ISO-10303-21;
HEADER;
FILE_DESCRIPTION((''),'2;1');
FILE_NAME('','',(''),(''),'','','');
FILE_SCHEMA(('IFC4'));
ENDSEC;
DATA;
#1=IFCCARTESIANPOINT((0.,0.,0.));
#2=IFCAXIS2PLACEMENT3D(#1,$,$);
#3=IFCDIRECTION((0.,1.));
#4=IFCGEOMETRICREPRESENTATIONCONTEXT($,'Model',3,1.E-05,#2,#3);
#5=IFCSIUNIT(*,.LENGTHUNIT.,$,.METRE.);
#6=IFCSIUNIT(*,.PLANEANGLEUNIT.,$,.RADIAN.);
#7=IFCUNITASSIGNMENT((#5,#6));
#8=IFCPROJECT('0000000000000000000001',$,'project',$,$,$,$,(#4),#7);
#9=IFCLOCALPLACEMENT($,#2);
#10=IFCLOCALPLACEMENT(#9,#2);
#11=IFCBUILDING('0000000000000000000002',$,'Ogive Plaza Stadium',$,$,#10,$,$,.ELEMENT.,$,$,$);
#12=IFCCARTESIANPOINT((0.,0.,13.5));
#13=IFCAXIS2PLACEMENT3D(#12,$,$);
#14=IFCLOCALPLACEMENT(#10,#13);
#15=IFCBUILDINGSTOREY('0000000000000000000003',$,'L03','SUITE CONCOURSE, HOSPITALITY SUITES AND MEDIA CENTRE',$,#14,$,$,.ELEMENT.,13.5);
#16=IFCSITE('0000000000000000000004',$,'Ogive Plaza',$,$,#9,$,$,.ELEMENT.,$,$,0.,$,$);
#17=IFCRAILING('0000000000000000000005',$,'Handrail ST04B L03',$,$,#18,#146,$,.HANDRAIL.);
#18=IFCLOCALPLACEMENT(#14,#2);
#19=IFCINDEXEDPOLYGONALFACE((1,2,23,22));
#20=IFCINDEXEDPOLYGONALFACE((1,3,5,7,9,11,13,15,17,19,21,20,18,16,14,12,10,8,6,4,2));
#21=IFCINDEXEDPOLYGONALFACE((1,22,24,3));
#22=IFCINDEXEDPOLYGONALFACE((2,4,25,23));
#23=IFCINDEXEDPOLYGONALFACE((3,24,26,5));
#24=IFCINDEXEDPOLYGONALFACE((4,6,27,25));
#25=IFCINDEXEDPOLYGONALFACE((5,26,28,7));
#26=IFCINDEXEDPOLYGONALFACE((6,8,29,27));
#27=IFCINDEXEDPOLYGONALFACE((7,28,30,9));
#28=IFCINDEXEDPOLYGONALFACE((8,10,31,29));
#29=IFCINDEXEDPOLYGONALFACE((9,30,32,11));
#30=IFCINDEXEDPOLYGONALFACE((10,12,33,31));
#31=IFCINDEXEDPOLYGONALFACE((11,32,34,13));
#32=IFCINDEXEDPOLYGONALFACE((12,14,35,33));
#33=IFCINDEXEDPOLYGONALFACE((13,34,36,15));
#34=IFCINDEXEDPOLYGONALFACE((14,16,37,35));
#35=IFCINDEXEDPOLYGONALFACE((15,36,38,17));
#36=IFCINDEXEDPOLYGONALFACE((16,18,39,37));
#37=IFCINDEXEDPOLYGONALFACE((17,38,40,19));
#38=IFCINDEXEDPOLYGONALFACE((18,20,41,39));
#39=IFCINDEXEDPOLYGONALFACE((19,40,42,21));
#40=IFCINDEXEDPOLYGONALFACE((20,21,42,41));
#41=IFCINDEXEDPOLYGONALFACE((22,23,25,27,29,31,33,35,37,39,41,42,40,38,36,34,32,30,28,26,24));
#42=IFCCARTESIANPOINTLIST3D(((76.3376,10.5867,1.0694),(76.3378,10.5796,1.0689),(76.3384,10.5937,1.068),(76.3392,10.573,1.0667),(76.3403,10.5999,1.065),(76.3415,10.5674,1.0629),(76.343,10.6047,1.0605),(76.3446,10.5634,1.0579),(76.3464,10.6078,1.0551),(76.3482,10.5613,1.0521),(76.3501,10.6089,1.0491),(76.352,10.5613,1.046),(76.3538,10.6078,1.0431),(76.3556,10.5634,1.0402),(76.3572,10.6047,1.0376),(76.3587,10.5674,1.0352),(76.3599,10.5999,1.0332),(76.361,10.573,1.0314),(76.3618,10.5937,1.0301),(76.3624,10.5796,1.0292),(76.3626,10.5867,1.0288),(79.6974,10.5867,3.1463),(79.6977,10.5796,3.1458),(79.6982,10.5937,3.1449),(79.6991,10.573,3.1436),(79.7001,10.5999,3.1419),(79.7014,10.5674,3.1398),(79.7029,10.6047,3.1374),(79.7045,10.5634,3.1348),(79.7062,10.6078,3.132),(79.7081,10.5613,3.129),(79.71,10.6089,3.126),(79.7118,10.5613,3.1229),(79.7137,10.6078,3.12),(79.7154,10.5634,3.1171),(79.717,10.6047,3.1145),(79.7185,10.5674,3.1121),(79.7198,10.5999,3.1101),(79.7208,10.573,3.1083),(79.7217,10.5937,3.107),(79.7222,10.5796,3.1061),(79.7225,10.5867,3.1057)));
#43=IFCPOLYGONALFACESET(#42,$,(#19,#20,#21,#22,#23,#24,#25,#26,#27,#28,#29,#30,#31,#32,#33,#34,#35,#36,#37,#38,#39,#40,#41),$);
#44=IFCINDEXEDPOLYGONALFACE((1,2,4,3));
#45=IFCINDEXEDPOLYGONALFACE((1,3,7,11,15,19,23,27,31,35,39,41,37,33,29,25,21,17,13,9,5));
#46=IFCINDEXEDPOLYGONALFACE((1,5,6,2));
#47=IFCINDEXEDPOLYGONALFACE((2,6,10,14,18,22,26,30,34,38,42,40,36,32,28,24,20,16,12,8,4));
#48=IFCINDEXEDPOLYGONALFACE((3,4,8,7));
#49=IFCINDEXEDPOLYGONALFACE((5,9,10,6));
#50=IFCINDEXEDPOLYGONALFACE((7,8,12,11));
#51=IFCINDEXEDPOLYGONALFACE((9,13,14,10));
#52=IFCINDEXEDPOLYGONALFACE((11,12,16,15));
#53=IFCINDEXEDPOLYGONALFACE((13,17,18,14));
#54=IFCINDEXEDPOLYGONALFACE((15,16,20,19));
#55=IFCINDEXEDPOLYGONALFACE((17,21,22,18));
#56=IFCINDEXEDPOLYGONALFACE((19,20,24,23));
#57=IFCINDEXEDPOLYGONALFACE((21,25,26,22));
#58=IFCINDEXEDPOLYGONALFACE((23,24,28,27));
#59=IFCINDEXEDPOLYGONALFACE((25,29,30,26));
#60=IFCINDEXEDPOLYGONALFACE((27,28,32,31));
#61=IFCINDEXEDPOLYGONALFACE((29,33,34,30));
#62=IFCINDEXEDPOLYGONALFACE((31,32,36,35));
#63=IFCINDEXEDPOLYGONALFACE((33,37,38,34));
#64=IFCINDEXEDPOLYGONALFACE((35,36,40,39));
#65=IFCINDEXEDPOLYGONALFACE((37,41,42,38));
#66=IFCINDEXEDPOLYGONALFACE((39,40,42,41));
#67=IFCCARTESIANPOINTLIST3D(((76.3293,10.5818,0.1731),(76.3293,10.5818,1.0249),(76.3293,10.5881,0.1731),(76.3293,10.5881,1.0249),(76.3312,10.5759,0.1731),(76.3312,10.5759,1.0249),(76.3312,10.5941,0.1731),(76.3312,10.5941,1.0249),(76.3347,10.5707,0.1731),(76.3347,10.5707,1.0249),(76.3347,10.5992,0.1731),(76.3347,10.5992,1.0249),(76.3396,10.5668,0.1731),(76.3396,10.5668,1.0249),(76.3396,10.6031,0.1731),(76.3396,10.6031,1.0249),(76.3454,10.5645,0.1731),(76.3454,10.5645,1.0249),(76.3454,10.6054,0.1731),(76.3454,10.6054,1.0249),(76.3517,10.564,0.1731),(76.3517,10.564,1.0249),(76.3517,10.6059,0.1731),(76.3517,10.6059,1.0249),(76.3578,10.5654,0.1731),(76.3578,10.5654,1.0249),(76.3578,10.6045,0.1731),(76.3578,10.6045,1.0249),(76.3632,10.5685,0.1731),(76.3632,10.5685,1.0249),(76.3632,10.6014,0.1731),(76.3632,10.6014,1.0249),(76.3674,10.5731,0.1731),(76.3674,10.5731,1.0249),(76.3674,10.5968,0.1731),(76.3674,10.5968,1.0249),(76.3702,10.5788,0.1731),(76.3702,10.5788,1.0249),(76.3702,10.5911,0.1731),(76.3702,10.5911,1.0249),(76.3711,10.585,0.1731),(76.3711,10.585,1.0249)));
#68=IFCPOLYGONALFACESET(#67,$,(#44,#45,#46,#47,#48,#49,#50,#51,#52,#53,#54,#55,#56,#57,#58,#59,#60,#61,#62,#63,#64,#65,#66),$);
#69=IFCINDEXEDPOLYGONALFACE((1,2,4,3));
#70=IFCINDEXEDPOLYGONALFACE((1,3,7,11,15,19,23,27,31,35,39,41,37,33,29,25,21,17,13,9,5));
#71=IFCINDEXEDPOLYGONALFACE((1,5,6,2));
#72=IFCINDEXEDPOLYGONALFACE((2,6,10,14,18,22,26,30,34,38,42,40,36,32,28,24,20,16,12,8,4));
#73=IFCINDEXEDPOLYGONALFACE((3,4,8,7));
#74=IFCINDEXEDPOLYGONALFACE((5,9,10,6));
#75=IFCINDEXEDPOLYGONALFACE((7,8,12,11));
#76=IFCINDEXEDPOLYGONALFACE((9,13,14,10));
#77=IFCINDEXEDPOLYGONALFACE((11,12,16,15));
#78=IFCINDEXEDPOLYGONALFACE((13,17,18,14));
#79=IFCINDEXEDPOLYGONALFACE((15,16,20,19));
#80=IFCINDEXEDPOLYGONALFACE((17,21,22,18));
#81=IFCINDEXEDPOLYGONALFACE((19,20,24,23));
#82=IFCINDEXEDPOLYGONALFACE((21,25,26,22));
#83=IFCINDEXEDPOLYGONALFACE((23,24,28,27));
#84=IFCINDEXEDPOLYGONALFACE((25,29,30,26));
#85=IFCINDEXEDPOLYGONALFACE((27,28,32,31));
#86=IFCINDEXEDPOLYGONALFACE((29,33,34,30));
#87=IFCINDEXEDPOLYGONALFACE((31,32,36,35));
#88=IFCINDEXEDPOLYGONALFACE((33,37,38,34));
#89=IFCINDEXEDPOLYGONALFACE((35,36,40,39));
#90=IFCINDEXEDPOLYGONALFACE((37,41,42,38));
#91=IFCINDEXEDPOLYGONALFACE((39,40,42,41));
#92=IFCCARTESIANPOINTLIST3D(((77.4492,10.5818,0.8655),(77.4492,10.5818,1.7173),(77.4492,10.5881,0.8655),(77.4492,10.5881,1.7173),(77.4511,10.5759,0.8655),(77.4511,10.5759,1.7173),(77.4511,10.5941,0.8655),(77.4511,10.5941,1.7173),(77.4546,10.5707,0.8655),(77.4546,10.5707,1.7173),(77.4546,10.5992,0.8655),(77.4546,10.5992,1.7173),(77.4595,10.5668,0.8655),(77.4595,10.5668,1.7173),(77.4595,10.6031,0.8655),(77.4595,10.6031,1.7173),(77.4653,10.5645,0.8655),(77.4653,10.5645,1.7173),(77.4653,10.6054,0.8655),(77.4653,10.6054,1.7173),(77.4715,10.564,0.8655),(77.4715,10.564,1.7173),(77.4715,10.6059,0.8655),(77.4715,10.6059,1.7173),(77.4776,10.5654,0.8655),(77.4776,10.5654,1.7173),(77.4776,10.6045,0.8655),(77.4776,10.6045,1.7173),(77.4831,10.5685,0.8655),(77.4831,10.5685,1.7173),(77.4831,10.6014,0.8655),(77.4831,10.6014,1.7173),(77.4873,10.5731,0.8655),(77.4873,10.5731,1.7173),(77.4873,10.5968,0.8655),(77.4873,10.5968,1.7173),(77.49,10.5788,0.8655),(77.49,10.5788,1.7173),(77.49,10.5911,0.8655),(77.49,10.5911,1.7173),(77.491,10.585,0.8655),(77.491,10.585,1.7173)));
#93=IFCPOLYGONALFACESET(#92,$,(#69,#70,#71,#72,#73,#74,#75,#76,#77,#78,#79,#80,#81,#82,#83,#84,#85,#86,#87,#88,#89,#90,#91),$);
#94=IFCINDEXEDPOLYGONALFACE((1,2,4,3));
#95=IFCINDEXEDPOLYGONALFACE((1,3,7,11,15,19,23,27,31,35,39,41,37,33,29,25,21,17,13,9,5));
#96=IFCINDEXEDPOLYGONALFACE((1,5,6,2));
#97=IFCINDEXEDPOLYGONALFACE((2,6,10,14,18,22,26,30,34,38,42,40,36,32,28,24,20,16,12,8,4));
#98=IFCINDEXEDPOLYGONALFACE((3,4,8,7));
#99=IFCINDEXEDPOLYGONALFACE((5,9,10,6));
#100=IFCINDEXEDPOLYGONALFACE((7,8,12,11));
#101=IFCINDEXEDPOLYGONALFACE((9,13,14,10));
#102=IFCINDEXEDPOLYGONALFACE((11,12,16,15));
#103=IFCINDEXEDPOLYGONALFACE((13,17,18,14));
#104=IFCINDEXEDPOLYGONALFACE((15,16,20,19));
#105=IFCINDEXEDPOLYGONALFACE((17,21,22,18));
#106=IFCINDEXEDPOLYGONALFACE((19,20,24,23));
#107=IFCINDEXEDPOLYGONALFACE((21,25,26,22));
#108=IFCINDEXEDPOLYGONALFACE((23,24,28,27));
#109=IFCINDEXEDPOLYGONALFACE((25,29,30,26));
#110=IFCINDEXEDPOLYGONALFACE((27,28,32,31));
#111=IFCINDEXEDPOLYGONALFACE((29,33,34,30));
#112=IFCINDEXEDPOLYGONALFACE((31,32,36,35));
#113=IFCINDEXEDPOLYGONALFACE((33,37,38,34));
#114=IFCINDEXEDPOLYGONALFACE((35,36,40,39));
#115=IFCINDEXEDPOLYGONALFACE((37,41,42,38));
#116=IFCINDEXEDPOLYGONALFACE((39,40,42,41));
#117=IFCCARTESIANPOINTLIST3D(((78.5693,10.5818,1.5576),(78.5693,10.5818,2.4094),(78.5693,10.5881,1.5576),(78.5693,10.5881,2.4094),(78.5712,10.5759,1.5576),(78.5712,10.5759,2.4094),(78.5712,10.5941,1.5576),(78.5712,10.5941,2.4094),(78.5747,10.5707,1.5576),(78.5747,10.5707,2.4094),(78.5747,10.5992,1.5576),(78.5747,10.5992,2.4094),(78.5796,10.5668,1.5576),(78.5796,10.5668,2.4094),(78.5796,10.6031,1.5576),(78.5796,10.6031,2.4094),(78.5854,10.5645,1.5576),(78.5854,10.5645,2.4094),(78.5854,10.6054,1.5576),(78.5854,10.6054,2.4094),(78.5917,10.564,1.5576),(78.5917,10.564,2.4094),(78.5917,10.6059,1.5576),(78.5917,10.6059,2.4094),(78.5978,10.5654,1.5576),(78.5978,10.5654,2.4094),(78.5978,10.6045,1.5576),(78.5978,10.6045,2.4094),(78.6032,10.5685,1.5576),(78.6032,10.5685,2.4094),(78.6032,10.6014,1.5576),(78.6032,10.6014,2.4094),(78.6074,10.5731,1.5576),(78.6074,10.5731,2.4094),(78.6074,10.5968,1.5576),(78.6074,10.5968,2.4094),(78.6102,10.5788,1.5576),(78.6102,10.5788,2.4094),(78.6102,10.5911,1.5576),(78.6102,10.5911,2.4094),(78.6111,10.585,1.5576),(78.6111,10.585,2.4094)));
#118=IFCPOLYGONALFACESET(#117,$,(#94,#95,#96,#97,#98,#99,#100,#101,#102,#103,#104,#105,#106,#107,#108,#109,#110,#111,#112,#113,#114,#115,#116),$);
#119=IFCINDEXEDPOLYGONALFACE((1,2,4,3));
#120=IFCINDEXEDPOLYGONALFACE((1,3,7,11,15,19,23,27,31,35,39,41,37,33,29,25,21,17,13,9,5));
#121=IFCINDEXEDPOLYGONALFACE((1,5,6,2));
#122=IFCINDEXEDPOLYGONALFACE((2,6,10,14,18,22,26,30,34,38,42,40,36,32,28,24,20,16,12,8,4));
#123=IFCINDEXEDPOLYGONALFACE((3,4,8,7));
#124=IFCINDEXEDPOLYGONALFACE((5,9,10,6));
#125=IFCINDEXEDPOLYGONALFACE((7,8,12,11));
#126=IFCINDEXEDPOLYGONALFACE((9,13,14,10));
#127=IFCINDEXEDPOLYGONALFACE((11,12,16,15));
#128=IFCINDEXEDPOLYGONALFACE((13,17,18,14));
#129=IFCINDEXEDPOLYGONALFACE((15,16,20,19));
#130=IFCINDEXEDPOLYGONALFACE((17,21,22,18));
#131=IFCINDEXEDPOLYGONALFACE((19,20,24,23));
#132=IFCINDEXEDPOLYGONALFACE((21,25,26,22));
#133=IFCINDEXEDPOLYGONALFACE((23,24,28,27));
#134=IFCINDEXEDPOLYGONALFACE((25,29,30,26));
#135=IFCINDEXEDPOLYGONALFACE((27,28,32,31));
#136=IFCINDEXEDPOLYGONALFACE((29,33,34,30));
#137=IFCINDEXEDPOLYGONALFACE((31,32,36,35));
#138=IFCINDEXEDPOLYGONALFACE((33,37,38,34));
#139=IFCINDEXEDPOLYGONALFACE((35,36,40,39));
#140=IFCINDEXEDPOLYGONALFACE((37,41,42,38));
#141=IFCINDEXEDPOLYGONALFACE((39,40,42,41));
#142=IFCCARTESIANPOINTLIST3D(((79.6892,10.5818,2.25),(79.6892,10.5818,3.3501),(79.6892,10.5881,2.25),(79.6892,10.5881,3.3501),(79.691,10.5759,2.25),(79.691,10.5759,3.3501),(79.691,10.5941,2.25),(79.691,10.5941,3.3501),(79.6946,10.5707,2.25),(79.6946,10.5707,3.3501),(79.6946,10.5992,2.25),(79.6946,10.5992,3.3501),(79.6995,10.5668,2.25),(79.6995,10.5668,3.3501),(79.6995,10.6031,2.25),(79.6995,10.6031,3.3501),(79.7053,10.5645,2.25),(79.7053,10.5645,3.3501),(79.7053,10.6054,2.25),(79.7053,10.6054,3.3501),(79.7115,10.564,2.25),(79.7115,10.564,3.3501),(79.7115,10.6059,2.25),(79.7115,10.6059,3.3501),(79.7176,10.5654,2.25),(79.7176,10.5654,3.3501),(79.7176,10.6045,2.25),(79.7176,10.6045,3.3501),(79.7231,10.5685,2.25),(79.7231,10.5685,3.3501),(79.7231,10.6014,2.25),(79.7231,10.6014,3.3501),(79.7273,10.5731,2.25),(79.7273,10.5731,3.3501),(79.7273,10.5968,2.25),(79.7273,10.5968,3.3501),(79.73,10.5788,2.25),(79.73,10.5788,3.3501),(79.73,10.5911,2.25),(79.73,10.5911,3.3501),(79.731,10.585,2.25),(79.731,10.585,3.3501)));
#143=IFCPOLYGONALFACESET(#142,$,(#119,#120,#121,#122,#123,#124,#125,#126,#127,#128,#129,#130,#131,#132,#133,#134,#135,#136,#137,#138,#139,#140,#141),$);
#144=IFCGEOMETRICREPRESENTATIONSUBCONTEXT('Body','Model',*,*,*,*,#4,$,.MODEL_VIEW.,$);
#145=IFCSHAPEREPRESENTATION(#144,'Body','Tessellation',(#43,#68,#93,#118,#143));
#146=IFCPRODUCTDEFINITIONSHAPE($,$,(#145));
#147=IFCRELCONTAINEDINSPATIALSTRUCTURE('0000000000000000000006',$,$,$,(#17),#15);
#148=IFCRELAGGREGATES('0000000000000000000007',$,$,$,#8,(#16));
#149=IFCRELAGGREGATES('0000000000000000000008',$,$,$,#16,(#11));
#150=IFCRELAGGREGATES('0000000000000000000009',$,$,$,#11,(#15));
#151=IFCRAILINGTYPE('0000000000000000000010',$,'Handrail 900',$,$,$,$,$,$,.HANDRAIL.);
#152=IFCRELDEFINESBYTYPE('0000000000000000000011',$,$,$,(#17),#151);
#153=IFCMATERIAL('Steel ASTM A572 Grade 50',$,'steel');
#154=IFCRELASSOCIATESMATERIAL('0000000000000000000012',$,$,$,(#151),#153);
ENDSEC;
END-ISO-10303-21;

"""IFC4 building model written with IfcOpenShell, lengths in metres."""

from ifc_helpers import new_model, si_unit, direction, frame, origin, origin_2d, place, context, subcontext, project, spatial, circle, extrude, material, type_object, element, save


model = new_model("IFC4")

# Units and contexts
model_context = context("Model", 3, precision=1e-05, world=origin(), true_north=direction((0.0, 1.0)))
body_context = subcontext(model_context, "Body", "Model", "MODEL_VIEW")
ifc_project = project(units=[si_unit("LENGTHUNIT", "METRE"), si_unit("PLANEANGLEUNIT", "RADIAN")], contexts=[model_context])

# Site, building, storey
site_placement = place(None, origin())
site = spatial("IfcSite", under=ifc_project, at=site_placement, Name="Ogive Plaza", CompositionType="ELEMENT", RefElevation=0.0)
building_placement = place(site_placement, origin())
building = spatial("IfcBuilding", under=site, at=building_placement, Name="Ogive Plaza Stadium", CompositionType="ELEMENT")
storey_placement = place(building_placement, frame((0.0, 0.0, 13.5)))
storey = spatial("IfcBuildingStorey", under=building, at=storey_placement, Name="L03", Description="SUITE CONCOURSE, HOSPITALITY SUITES AND MEDIA CENTRE", CompositionType="ELEMENT", Elevation=13.5)

# Railing
ifc_material_1 = material(Name="Steel ASTM A572 Grade 50", Category="steel")
railing_type_1 = type_object("IfcRailingType", Name="Handrail 900", PredefinedType="HANDRAIL", material=ifc_material_1)
for number, where, name in (
    (1, (76.3501, 10.585, 0.1731), "Handrail ST04B L03"),
):
    element("IfcRailing", number, at=place(storey_placement, frame(where)), inside=storey, type_object=railing_type_1, Name=name, PredefinedType="HANDRAIL", context=body_context, shape_type="SweptSolid", body=[
        extrude(circle(Radius=0.0239, at=origin_2d()), frame((0.0, 0.0, 0.876), z_axis=(0.850606, 0.0, 0.525803), x_axis=(0.0, 1.0, 0.0)), (0.0, 0.0, 1.0), 3.95),
        extrude(circle(Radius=0.021, at=origin_2d()), origin(), (0.0, 0.0, 1.0), 0.8518),
        extrude(circle(Radius=0.021, at=origin_2d()), frame((1.1199, 0.0, 0.6924)), (0.0, 0.0, 1.0), 0.8518),
        extrude(circle(Radius=0.021, at=origin_2d()), frame((2.24, 0.0, 1.3845)), (0.0, 0.0, 1.0), 0.8518),
        extrude(circle(Radius=0.021, at=origin_2d()), frame((3.3599, 0.0, 2.0769)), (0.0, 0.0, 1.0), 1.1001),
    ])

save(model, "model.ifc")
